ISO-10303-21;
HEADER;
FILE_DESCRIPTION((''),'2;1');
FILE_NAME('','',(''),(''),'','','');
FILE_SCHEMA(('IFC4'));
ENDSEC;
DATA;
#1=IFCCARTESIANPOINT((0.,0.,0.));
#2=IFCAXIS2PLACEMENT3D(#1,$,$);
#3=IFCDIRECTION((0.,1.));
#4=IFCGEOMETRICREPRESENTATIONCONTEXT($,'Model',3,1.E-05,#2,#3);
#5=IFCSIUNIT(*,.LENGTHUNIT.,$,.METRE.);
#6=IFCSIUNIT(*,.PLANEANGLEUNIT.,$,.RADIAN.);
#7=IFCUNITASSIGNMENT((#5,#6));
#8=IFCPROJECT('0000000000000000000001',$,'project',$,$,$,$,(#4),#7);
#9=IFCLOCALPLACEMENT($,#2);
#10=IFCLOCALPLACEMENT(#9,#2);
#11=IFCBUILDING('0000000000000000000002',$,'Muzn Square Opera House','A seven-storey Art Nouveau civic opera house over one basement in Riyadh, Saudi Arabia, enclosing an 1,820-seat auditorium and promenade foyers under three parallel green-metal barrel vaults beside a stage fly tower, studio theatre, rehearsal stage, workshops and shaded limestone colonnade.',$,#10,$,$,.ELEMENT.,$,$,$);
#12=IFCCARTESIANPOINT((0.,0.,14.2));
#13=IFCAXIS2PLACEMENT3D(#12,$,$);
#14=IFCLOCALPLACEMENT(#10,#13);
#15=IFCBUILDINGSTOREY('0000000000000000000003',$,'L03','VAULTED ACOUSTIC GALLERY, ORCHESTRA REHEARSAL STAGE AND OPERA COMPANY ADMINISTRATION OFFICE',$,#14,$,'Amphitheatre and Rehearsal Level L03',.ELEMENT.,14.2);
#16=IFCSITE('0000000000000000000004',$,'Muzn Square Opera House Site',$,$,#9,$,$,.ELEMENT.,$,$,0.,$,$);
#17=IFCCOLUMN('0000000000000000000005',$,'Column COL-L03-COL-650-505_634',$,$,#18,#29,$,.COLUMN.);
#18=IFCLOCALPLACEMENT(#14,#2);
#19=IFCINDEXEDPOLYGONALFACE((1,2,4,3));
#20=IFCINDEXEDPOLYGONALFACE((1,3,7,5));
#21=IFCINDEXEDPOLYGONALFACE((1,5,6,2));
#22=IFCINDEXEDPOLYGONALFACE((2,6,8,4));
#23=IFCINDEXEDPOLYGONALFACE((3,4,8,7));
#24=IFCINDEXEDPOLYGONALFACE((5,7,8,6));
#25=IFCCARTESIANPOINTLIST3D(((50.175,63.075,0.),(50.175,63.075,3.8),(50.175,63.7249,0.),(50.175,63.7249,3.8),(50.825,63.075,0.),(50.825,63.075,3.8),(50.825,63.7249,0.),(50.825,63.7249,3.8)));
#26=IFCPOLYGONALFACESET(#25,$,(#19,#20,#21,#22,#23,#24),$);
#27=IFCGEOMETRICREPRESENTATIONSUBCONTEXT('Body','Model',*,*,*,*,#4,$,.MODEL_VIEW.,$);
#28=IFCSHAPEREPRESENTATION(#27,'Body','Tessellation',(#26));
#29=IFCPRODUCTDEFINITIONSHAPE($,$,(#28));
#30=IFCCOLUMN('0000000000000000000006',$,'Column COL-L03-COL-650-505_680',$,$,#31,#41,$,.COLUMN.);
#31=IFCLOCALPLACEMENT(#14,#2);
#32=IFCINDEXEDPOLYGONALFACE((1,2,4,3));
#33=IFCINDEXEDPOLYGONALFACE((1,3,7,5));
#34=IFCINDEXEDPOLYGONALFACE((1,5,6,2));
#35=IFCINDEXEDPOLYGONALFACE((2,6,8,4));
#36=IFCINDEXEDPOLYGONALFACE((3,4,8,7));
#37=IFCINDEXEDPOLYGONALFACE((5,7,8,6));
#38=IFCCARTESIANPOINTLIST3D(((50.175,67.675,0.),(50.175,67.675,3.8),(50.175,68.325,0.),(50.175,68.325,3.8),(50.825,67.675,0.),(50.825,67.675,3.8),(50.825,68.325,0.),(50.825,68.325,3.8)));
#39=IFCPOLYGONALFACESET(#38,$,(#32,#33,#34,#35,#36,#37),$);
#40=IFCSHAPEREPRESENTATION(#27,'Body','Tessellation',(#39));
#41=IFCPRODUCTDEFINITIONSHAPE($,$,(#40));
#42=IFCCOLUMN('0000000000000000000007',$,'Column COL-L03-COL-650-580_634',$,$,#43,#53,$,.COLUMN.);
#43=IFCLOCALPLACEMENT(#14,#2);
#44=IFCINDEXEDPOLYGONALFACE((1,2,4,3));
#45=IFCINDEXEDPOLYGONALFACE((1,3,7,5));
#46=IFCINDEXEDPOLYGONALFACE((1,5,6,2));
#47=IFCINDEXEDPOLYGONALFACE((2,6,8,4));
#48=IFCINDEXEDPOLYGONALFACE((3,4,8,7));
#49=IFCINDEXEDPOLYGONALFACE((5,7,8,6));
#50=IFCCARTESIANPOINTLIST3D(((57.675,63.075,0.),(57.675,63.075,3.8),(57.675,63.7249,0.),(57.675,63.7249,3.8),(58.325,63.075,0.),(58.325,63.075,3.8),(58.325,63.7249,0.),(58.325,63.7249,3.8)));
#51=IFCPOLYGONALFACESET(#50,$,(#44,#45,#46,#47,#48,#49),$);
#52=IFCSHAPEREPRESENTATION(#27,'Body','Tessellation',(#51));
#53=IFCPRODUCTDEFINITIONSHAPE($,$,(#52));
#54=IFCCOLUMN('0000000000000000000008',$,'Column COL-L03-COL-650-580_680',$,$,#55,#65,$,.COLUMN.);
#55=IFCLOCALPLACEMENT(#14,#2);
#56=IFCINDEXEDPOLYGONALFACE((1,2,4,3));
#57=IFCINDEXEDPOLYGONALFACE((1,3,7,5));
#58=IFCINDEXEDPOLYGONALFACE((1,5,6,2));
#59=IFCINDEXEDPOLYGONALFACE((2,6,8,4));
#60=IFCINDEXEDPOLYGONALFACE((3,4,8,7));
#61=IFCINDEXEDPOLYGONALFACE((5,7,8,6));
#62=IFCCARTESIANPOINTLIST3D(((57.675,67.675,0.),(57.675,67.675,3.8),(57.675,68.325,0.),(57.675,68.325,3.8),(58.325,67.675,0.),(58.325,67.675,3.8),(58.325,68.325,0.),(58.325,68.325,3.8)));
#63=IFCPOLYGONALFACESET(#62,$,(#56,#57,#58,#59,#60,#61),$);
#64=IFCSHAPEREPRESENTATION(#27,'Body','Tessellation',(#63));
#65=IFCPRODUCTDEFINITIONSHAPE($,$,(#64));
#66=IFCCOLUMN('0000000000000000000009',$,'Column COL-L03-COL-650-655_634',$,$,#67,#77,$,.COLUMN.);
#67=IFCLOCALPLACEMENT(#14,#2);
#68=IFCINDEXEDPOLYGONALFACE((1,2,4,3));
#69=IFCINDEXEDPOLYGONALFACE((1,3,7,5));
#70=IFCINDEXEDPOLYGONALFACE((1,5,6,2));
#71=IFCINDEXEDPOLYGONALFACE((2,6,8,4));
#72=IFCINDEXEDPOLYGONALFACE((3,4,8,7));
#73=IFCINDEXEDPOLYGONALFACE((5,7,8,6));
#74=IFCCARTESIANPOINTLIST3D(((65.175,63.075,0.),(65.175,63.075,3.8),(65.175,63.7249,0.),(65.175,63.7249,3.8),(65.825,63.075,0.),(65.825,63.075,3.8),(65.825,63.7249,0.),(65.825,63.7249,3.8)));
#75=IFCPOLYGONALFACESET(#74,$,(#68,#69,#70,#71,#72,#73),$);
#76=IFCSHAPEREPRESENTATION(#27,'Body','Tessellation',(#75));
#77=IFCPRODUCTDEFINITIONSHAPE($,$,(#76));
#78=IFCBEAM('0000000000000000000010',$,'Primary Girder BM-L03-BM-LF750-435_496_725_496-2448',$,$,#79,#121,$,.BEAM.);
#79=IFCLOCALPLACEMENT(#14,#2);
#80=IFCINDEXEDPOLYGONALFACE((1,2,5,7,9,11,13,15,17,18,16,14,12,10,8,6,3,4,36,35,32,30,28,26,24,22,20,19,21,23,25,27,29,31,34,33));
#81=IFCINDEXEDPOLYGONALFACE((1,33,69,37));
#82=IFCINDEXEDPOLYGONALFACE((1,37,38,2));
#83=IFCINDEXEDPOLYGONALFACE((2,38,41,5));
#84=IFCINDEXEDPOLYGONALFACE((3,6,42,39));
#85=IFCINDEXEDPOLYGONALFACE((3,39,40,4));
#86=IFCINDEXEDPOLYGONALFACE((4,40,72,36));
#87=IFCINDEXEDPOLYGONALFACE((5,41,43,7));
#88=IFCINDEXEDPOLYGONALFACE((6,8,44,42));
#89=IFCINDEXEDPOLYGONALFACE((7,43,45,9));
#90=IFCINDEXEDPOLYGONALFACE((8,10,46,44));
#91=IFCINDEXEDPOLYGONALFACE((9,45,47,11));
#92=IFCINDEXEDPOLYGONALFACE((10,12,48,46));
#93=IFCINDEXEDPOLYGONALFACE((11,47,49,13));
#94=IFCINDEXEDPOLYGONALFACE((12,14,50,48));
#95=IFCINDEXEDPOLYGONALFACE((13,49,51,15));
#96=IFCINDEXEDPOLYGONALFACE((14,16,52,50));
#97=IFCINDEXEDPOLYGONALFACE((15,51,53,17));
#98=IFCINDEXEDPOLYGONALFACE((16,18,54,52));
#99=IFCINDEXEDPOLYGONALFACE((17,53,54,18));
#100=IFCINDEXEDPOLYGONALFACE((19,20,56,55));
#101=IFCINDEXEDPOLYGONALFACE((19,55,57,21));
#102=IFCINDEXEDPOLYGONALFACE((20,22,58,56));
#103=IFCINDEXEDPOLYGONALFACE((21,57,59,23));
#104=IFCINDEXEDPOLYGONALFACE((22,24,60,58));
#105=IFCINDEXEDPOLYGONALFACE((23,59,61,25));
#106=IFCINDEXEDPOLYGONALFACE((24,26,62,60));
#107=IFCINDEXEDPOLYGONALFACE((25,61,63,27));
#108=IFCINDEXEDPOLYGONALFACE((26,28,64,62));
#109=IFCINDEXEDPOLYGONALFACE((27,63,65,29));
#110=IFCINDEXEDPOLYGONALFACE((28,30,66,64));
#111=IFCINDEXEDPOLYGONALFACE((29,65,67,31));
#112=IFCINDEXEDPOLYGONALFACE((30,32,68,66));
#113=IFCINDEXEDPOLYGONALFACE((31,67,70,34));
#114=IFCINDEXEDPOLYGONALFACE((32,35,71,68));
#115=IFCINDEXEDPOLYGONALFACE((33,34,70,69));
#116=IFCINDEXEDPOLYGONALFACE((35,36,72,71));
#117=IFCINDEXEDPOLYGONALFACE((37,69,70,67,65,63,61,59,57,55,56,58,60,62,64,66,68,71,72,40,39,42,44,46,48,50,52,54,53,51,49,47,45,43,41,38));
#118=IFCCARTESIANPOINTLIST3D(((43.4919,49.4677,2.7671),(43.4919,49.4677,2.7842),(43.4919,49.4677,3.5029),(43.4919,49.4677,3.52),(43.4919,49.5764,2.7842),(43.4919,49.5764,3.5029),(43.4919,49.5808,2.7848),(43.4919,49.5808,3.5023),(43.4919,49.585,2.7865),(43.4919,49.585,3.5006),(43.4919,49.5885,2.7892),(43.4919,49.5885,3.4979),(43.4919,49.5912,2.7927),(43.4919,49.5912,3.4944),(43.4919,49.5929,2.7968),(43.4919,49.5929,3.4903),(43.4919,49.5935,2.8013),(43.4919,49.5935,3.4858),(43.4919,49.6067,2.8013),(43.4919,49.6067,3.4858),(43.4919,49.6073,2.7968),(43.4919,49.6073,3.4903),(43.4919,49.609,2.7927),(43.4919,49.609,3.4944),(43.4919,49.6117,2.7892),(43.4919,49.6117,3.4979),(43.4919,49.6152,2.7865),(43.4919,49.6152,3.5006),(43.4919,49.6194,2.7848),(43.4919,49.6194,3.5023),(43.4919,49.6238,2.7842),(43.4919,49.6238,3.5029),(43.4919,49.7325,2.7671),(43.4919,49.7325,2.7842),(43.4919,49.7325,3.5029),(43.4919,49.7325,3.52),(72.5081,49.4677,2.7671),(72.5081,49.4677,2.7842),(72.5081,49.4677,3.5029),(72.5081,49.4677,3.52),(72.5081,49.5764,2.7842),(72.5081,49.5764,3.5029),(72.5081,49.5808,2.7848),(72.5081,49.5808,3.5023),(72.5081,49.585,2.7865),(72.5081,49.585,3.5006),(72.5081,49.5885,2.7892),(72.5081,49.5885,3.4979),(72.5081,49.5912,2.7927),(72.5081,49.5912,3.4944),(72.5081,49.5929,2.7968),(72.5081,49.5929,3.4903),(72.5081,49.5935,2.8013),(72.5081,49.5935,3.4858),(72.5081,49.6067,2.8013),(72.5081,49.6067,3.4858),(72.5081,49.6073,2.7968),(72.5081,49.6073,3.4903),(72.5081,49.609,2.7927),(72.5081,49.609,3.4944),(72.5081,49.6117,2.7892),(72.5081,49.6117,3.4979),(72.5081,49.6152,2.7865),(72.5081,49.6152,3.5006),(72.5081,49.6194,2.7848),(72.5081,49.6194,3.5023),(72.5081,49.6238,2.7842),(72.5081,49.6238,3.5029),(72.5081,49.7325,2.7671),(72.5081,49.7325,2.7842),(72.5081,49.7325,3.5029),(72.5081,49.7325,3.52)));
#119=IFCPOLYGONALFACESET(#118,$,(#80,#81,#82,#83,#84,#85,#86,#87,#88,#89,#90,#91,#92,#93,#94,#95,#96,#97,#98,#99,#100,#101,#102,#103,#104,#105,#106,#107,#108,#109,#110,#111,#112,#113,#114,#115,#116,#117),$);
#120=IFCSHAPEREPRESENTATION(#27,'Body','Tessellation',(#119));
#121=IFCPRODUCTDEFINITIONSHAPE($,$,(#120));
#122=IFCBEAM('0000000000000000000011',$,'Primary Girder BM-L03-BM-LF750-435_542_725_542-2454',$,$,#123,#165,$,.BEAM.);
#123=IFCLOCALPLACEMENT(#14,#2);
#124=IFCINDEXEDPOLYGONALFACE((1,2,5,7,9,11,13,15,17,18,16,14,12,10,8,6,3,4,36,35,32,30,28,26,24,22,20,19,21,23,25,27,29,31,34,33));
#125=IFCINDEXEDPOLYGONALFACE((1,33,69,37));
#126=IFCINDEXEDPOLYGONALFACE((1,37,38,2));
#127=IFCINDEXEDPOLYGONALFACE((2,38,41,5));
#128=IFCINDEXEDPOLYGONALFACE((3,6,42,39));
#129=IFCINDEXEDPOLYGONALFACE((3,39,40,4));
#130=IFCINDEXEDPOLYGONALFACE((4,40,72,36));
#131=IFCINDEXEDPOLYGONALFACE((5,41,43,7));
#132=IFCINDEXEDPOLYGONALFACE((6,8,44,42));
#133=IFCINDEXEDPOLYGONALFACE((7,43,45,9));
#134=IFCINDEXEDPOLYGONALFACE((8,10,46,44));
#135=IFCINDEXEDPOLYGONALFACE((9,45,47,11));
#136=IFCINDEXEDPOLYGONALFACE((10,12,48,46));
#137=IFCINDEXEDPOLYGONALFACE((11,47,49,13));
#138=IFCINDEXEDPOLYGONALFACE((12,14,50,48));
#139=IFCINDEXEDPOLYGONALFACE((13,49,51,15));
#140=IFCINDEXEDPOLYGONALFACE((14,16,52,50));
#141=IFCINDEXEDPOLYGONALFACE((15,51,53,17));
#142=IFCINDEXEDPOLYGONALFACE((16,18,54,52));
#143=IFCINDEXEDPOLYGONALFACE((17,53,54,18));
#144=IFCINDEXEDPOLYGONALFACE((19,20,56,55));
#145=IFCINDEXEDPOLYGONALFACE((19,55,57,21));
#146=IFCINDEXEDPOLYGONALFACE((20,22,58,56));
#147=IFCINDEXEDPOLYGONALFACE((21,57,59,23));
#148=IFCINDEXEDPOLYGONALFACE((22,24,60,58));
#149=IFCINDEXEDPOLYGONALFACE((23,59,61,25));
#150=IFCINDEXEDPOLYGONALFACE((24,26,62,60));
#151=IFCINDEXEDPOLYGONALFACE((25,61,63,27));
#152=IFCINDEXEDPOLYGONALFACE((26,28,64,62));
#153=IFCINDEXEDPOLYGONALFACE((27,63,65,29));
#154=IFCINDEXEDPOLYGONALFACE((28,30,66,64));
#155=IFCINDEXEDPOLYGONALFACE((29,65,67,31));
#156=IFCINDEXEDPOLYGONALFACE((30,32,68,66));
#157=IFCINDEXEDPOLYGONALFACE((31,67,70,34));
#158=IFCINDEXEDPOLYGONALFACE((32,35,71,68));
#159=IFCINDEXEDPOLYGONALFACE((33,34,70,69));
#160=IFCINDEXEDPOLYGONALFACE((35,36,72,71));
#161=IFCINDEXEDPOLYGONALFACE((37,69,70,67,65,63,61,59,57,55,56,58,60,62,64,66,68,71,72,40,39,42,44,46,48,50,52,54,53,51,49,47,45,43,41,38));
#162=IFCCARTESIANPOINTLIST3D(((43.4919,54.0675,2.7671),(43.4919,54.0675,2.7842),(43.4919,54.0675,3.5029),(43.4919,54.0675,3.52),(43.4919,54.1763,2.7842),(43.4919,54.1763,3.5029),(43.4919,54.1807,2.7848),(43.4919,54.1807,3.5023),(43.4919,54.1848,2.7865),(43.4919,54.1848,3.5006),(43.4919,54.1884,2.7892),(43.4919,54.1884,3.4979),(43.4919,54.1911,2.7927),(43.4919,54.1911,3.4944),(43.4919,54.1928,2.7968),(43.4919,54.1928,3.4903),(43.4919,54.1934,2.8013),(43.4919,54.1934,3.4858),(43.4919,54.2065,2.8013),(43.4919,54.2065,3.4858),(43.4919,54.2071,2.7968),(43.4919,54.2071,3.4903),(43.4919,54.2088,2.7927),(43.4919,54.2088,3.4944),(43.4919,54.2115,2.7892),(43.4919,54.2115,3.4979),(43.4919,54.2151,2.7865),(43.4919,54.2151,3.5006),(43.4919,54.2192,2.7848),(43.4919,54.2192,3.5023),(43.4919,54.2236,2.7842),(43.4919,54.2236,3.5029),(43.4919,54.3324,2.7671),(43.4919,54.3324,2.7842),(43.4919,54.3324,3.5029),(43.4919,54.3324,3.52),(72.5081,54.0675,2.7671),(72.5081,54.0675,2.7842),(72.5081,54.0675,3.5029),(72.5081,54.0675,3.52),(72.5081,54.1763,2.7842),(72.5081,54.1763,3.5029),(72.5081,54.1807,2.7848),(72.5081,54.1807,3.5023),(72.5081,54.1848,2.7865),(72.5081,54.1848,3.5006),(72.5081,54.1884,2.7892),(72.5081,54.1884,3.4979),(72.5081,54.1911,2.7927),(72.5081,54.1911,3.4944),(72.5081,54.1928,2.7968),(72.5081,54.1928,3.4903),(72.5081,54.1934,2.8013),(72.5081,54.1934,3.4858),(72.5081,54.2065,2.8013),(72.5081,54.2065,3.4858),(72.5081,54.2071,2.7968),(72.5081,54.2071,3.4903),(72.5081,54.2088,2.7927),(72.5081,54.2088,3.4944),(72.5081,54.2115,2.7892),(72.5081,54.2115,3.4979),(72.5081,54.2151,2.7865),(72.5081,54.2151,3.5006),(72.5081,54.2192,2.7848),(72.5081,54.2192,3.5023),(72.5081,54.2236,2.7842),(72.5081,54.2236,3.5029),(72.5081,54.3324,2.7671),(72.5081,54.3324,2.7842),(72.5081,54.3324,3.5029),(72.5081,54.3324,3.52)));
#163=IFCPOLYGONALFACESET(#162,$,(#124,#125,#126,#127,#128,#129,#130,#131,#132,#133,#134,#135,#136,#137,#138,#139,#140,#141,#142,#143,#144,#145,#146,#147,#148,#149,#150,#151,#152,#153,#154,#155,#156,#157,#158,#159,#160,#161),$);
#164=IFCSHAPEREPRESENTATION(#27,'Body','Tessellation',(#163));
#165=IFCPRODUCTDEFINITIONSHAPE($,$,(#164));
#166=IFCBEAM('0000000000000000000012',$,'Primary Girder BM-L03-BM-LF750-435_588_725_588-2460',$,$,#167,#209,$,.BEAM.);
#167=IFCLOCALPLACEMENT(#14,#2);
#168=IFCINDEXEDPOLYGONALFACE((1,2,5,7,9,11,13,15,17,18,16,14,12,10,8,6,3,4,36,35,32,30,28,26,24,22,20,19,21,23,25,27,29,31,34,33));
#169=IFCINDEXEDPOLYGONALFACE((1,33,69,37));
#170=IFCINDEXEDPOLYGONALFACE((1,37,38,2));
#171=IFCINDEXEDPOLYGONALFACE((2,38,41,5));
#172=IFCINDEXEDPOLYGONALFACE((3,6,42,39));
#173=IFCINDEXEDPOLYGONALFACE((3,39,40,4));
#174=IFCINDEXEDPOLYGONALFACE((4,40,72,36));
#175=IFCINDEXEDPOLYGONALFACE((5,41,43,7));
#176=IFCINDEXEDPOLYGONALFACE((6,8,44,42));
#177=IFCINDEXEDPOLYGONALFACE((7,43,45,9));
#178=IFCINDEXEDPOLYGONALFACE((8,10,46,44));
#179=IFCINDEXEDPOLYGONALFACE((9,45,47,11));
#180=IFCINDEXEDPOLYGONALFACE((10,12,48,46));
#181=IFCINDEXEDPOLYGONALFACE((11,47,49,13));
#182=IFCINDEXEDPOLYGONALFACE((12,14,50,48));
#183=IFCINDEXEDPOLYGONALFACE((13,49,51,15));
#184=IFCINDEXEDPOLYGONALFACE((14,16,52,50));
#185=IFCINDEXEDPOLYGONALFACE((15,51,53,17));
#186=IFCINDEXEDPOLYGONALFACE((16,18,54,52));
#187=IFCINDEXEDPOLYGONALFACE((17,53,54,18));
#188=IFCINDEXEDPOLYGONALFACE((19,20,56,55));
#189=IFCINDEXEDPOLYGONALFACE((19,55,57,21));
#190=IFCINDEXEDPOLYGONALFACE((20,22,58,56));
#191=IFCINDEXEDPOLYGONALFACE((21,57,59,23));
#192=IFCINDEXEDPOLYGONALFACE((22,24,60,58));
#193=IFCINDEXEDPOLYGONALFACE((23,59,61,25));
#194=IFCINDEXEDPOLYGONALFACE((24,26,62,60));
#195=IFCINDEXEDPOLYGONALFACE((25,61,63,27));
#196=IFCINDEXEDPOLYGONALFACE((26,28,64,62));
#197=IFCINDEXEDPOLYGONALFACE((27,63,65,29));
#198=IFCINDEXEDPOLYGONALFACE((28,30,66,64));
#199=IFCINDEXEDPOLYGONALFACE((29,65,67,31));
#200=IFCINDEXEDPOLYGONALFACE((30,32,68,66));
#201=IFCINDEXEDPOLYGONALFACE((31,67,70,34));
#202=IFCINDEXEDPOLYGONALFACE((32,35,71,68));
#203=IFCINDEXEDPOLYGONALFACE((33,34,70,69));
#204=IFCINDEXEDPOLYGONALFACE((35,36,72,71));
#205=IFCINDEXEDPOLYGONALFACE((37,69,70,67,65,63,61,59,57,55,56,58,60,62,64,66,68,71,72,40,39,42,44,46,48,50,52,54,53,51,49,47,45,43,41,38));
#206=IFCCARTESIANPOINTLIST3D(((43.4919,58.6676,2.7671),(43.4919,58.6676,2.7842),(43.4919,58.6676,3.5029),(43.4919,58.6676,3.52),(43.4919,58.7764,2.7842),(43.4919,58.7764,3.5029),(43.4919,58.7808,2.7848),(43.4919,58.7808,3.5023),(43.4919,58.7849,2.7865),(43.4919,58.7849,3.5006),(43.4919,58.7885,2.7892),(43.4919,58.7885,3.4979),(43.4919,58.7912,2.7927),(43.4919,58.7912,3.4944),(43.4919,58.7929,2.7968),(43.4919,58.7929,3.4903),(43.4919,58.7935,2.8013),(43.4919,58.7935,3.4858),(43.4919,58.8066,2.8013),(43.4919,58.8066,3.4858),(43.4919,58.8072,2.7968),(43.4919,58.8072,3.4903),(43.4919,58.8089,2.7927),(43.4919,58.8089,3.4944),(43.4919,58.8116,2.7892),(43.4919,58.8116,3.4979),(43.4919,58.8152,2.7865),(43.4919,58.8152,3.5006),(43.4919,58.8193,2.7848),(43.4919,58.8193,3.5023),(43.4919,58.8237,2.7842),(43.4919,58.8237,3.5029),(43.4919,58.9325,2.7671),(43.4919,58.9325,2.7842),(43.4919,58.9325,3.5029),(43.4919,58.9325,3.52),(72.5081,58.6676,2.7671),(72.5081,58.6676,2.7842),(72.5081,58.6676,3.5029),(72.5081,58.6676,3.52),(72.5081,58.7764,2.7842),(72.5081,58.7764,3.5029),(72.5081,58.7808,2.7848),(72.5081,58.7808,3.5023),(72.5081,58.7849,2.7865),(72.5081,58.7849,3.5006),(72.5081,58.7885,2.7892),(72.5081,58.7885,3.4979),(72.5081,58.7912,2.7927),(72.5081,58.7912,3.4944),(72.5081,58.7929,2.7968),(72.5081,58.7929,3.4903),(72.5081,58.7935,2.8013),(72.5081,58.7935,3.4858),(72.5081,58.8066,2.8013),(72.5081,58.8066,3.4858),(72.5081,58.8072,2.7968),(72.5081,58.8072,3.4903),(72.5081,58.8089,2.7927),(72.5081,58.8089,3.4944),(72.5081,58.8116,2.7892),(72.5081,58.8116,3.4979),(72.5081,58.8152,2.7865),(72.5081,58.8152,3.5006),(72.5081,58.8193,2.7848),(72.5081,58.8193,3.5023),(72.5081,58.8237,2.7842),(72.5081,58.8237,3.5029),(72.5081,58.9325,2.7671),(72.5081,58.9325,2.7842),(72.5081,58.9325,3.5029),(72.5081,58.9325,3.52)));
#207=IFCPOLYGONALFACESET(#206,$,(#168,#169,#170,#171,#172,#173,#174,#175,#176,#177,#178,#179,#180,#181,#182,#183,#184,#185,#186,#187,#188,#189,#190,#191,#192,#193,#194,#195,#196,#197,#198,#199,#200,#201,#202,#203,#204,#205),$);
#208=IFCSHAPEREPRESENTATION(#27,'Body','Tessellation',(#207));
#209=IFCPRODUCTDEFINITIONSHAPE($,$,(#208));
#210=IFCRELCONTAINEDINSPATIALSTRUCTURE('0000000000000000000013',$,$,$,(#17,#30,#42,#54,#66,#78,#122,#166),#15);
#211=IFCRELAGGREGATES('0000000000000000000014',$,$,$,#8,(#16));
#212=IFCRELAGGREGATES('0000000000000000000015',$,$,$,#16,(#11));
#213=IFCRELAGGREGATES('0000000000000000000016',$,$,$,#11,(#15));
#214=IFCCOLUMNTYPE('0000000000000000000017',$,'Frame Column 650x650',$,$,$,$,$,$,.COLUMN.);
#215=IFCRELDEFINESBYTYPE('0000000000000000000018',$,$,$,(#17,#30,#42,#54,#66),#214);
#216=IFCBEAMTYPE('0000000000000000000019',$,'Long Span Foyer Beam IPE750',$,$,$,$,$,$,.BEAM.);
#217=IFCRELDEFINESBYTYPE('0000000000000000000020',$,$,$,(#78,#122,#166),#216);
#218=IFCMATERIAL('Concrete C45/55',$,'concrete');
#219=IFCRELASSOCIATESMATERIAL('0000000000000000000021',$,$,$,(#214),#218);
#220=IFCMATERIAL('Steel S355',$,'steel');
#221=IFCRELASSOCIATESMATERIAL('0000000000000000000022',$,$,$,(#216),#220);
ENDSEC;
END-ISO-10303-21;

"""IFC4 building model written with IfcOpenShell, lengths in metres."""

from ifc_helpers import new_model, si_unit, direction, frame, origin, origin_2d, place, context, subcontext, project, spatial, rectangle, i_section, extrude, material, material_profile, profile_set, type_object, element, save


model = new_model("IFC4")

# Units and contexts
model_context = context("Model", 3, precision=1e-05, world=origin(), true_north=direction((0.0, 1.0)))
body_context = subcontext(model_context, "Body", "Model", "MODEL_VIEW")
ifc_project = project(units=[si_unit("LENGTHUNIT", "METRE"), si_unit("PLANEANGLEUNIT", "RADIAN")], contexts=[model_context])

# Site, building, storey
site_placement = place(None, origin())
site = spatial("IfcSite", under=ifc_project, at=site_placement, Name="Muzn Square Opera House Site", CompositionType="ELEMENT", RefElevation=0.0)
building_placement = place(site_placement, origin())
building = spatial("IfcBuilding", under=site, at=building_placement, Name="Muzn Square Opera House", Description="A seven-storey Art Nouveau civic opera house over one basement in Riyadh, Saudi Arabia, enclosing an 1,820-seat auditorium and promenade foyers under three parallel green-metal barrel vaults beside a stage fly tower, studio theatre, rehearsal stage, workshops and shaded limestone colonnade.", CompositionType="ELEMENT")
storey_placement = place(building_placement, frame((0.0, 0.0, 14.2)))
storey = spatial("IfcBuildingStorey", under=building, at=storey_placement, Name="L03", Description="VAULTED ACOUSTIC GALLERY, ORCHESTRA REHEARSAL STAGE AND OPERA COMPANY ADMINISTRATION OFFICE", LongName="Amphitheatre and Rehearsal Level L03", CompositionType="ELEMENT", Elevation=14.2)

# Columns
ifc_material_1 = material(Name="Concrete C45/55", Category="concrete")
ifc_material_profile_1 = material_profile(ifc_material_1, rectangle(XDim=0.6499, YDim=0.6499, at=origin_2d()), Name="RC 650x650", Category="concrete")
ifc_profile_set_1 = profile_set([ifc_material_profile_1], Name="Concrete C45/55")
column_type = type_object("IfcColumnType", Name="Frame Column 650x650", PredefinedType="COLUMN", material=ifc_profile_set_1)
for number, where, z_axis, x_axis, name in (
    (1, (50.5, 63.3999, 0.0), (0.0, 0.0, 1.0), (1.0, 0.0, 0.0), "Column COL-L03-COL-650-505_634"),
    (2, (50.5, 68.0, 0.0), (0.0, 0.0, 1.0), (1.0, 0.0, 0.0), "Column COL-L03-COL-650-505_680"),
    (3, (58.0, 63.3999, 0.0), (0.0, 0.0, 1.0), (1.0, 0.0, 0.0), "Column COL-L03-COL-650-580_634"),
    (4, (58.0, 68.0, 0.0), (0.0, 0.0, 1.0), (1.0, 0.0, 0.0), "Column COL-L03-COL-650-580_680"),
    (5, (65.5, 63.3999, 0.0), (0.0, 0.0, 1.0), (1.0, 0.0, 0.0), "Column COL-L03-COL-650-655_634"),
):
    element("IfcColumn", number, at=place(storey_placement, frame(where, z_axis=z_axis, x_axis=x_axis)), inside=storey, type_object=column_type, Name=name, PredefinedType="COLUMN", context=body_context, shape_type="SweptSolid", body=[
        extrude(rectangle(XDim=0.6499, YDim=0.6499, at=origin_2d()), origin(), (0.0, 0.0, 1.0), 3.8),
    ])

# Beams
ifc_material_2 = material(Name="Steel S355", Category="steel")
ifc_material_profile_2 = material_profile(ifc_material_2, i_section(OverallWidth=0.2649, OverallDepth=0.7529, WebThickness=0.0132, FlangeThickness=0.0171, FilletRadius=0.0171, at=origin_2d()), Name="IPE 750x147", Category="steel")
ifc_profile_set_2 = profile_set([ifc_material_profile_2], Name="Steel S355")
beam_type_1 = type_object("IfcBeamType", Name="Long Span Foyer Beam IPE750", PredefinedType="BEAM", material=ifc_profile_set_2)
for number, where, z_axis, x_axis, name in (
    (6, (43.4919, 49.6001, 3.1436), (1.0, 0.0, 0.0), (0.0, 1.0, 0.0), "Primary Girder BM-L03-BM-LF750-435_496_725_496-2448"),
    (7, (43.4919, 54.2, 3.1436), (1.0, 0.0, 0.0), (0.0, 1.0, 0.0), "Primary Girder BM-L03-BM-LF750-435_542_725_542-2454"),
    (8, (43.4919, 58.8, 3.1436), (1.0, 0.0, 0.0), (0.0, 1.0, 0.0), "Primary Girder BM-L03-BM-LF750-435_588_725_588-2460"),
):
    element("IfcBeam", number, at=place(storey_placement, frame(where, z_axis=z_axis, x_axis=x_axis)), inside=storey, type_object=beam_type_1, Name=name, PredefinedType="BEAM", context=body_context, shape_type="SweptSolid", body=[
        extrude(i_section(OverallWidth=0.2649, OverallDepth=0.7529, WebThickness=0.0132, FlangeThickness=0.0171, FilletRadius=0.0171, at=origin_2d()), origin(), (0.0, 0.0, 1.0), 29.0161),
    ])

save(model, "model.ifc")
